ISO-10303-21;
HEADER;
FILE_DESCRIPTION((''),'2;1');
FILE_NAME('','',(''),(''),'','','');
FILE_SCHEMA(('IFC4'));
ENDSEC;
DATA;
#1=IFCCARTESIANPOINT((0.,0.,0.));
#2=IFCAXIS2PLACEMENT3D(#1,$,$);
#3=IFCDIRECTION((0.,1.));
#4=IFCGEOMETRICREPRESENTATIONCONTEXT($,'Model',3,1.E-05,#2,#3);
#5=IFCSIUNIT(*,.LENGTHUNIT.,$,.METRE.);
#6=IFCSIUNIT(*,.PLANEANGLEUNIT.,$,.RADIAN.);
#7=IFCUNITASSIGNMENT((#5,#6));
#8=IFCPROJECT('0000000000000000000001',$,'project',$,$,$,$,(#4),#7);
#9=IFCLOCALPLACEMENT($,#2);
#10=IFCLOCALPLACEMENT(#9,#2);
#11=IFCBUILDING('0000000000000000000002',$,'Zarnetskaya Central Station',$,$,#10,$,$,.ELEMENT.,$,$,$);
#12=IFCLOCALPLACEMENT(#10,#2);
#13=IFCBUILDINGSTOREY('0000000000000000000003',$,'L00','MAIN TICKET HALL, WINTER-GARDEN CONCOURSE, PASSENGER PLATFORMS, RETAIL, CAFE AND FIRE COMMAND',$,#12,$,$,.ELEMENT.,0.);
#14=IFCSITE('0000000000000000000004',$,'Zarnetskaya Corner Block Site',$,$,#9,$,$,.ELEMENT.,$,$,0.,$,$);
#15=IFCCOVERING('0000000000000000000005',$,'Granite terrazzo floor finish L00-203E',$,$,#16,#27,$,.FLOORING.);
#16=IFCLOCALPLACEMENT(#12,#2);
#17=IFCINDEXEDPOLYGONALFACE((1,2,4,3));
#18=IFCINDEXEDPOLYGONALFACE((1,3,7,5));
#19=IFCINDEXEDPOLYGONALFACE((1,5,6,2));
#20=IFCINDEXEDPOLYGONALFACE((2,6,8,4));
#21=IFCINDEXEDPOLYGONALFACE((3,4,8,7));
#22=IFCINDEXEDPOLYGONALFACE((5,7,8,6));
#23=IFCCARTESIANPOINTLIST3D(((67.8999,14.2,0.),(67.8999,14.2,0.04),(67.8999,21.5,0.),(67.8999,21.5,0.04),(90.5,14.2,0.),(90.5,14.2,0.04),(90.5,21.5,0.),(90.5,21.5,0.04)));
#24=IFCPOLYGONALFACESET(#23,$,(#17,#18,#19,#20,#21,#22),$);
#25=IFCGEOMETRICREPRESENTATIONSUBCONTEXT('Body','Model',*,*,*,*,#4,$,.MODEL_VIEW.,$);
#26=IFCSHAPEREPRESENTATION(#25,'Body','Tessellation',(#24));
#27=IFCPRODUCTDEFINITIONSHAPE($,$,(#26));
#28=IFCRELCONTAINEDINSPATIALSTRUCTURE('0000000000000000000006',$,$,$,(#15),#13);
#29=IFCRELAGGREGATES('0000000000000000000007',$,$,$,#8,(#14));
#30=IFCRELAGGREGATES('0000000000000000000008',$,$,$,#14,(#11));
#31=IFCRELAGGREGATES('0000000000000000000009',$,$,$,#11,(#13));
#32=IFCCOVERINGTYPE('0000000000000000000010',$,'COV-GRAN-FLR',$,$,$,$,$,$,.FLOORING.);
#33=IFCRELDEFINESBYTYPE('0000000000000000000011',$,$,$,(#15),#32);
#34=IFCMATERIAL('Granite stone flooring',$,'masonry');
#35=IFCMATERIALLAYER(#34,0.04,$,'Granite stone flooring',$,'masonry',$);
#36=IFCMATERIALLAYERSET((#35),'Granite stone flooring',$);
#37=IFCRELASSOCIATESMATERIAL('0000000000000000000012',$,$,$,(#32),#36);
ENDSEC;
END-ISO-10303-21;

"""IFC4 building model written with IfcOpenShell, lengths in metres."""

from ifc_helpers import new_model, si_unit, direction, origin, place, context, subcontext, project, spatial, polyline, outline, extrude, material, layer, layer_set, type_object, element, save


model = new_model("IFC4")

# Units and contexts
model_context = context("Model", 3, precision=1e-05, world=origin(), true_north=direction((0.0, 1.0)))
body_context = subcontext(model_context, "Body", "Model", "MODEL_VIEW")
ifc_project = project(units=[si_unit("LENGTHUNIT", "METRE"), si_unit("PLANEANGLEUNIT", "RADIAN")], contexts=[model_context])

# Site, building, storey
site_placement = place(None, origin())
site = spatial("IfcSite", under=ifc_project, at=site_placement, Name="Zarnetskaya Corner Block Site", CompositionType="ELEMENT", RefElevation=0.0)
building_placement = place(site_placement, origin())
building = spatial("IfcBuilding", under=site, at=building_placement, Name="Zarnetskaya Central Station", CompositionType="ELEMENT")
storey_placement = place(building_placement, origin())
storey = spatial("IfcBuildingStorey", under=building, at=storey_placement, Name="L00", Description="MAIN TICKET HALL, WINTER-GARDEN CONCOURSE, PASSENGER PLATFORMS, RETAIL, CAFE AND FIRE COMMAND", CompositionType="ELEMENT", Elevation=0.0)

# Covering
ifc_material_1 = material(Name="Granite stone flooring", Category="masonry")
ifc_layer_1 = layer(ifc_material_1, 0.04, Name="Granite stone flooring", Category="masonry")
ifc_layer_set_1 = layer_set([ifc_layer_1], Name="Granite stone flooring")
covering_type = type_object("IfcCoveringType", Name="COV-GRAN-FLR", PredefinedType="FLOORING", material=ifc_layer_set_1)
covering_placement = place(storey_placement, origin())
element("IfcCovering", 1, at=covering_placement, inside=storey, type_object=covering_type, Name="Granite terrazzo floor finish L00-203E", PredefinedType="FLOORING", context=body_context, shape_type="SweptSolid", body=[
    extrude(outline(polyline([(67.8999, 14.2), (90.5, 14.2), (90.5, 21.5), (67.8999, 21.5), (67.8999, 14.2)])), origin(), (0.0, 0.0, 1.0), 0.04),
])

save(model, "model.ifc")
